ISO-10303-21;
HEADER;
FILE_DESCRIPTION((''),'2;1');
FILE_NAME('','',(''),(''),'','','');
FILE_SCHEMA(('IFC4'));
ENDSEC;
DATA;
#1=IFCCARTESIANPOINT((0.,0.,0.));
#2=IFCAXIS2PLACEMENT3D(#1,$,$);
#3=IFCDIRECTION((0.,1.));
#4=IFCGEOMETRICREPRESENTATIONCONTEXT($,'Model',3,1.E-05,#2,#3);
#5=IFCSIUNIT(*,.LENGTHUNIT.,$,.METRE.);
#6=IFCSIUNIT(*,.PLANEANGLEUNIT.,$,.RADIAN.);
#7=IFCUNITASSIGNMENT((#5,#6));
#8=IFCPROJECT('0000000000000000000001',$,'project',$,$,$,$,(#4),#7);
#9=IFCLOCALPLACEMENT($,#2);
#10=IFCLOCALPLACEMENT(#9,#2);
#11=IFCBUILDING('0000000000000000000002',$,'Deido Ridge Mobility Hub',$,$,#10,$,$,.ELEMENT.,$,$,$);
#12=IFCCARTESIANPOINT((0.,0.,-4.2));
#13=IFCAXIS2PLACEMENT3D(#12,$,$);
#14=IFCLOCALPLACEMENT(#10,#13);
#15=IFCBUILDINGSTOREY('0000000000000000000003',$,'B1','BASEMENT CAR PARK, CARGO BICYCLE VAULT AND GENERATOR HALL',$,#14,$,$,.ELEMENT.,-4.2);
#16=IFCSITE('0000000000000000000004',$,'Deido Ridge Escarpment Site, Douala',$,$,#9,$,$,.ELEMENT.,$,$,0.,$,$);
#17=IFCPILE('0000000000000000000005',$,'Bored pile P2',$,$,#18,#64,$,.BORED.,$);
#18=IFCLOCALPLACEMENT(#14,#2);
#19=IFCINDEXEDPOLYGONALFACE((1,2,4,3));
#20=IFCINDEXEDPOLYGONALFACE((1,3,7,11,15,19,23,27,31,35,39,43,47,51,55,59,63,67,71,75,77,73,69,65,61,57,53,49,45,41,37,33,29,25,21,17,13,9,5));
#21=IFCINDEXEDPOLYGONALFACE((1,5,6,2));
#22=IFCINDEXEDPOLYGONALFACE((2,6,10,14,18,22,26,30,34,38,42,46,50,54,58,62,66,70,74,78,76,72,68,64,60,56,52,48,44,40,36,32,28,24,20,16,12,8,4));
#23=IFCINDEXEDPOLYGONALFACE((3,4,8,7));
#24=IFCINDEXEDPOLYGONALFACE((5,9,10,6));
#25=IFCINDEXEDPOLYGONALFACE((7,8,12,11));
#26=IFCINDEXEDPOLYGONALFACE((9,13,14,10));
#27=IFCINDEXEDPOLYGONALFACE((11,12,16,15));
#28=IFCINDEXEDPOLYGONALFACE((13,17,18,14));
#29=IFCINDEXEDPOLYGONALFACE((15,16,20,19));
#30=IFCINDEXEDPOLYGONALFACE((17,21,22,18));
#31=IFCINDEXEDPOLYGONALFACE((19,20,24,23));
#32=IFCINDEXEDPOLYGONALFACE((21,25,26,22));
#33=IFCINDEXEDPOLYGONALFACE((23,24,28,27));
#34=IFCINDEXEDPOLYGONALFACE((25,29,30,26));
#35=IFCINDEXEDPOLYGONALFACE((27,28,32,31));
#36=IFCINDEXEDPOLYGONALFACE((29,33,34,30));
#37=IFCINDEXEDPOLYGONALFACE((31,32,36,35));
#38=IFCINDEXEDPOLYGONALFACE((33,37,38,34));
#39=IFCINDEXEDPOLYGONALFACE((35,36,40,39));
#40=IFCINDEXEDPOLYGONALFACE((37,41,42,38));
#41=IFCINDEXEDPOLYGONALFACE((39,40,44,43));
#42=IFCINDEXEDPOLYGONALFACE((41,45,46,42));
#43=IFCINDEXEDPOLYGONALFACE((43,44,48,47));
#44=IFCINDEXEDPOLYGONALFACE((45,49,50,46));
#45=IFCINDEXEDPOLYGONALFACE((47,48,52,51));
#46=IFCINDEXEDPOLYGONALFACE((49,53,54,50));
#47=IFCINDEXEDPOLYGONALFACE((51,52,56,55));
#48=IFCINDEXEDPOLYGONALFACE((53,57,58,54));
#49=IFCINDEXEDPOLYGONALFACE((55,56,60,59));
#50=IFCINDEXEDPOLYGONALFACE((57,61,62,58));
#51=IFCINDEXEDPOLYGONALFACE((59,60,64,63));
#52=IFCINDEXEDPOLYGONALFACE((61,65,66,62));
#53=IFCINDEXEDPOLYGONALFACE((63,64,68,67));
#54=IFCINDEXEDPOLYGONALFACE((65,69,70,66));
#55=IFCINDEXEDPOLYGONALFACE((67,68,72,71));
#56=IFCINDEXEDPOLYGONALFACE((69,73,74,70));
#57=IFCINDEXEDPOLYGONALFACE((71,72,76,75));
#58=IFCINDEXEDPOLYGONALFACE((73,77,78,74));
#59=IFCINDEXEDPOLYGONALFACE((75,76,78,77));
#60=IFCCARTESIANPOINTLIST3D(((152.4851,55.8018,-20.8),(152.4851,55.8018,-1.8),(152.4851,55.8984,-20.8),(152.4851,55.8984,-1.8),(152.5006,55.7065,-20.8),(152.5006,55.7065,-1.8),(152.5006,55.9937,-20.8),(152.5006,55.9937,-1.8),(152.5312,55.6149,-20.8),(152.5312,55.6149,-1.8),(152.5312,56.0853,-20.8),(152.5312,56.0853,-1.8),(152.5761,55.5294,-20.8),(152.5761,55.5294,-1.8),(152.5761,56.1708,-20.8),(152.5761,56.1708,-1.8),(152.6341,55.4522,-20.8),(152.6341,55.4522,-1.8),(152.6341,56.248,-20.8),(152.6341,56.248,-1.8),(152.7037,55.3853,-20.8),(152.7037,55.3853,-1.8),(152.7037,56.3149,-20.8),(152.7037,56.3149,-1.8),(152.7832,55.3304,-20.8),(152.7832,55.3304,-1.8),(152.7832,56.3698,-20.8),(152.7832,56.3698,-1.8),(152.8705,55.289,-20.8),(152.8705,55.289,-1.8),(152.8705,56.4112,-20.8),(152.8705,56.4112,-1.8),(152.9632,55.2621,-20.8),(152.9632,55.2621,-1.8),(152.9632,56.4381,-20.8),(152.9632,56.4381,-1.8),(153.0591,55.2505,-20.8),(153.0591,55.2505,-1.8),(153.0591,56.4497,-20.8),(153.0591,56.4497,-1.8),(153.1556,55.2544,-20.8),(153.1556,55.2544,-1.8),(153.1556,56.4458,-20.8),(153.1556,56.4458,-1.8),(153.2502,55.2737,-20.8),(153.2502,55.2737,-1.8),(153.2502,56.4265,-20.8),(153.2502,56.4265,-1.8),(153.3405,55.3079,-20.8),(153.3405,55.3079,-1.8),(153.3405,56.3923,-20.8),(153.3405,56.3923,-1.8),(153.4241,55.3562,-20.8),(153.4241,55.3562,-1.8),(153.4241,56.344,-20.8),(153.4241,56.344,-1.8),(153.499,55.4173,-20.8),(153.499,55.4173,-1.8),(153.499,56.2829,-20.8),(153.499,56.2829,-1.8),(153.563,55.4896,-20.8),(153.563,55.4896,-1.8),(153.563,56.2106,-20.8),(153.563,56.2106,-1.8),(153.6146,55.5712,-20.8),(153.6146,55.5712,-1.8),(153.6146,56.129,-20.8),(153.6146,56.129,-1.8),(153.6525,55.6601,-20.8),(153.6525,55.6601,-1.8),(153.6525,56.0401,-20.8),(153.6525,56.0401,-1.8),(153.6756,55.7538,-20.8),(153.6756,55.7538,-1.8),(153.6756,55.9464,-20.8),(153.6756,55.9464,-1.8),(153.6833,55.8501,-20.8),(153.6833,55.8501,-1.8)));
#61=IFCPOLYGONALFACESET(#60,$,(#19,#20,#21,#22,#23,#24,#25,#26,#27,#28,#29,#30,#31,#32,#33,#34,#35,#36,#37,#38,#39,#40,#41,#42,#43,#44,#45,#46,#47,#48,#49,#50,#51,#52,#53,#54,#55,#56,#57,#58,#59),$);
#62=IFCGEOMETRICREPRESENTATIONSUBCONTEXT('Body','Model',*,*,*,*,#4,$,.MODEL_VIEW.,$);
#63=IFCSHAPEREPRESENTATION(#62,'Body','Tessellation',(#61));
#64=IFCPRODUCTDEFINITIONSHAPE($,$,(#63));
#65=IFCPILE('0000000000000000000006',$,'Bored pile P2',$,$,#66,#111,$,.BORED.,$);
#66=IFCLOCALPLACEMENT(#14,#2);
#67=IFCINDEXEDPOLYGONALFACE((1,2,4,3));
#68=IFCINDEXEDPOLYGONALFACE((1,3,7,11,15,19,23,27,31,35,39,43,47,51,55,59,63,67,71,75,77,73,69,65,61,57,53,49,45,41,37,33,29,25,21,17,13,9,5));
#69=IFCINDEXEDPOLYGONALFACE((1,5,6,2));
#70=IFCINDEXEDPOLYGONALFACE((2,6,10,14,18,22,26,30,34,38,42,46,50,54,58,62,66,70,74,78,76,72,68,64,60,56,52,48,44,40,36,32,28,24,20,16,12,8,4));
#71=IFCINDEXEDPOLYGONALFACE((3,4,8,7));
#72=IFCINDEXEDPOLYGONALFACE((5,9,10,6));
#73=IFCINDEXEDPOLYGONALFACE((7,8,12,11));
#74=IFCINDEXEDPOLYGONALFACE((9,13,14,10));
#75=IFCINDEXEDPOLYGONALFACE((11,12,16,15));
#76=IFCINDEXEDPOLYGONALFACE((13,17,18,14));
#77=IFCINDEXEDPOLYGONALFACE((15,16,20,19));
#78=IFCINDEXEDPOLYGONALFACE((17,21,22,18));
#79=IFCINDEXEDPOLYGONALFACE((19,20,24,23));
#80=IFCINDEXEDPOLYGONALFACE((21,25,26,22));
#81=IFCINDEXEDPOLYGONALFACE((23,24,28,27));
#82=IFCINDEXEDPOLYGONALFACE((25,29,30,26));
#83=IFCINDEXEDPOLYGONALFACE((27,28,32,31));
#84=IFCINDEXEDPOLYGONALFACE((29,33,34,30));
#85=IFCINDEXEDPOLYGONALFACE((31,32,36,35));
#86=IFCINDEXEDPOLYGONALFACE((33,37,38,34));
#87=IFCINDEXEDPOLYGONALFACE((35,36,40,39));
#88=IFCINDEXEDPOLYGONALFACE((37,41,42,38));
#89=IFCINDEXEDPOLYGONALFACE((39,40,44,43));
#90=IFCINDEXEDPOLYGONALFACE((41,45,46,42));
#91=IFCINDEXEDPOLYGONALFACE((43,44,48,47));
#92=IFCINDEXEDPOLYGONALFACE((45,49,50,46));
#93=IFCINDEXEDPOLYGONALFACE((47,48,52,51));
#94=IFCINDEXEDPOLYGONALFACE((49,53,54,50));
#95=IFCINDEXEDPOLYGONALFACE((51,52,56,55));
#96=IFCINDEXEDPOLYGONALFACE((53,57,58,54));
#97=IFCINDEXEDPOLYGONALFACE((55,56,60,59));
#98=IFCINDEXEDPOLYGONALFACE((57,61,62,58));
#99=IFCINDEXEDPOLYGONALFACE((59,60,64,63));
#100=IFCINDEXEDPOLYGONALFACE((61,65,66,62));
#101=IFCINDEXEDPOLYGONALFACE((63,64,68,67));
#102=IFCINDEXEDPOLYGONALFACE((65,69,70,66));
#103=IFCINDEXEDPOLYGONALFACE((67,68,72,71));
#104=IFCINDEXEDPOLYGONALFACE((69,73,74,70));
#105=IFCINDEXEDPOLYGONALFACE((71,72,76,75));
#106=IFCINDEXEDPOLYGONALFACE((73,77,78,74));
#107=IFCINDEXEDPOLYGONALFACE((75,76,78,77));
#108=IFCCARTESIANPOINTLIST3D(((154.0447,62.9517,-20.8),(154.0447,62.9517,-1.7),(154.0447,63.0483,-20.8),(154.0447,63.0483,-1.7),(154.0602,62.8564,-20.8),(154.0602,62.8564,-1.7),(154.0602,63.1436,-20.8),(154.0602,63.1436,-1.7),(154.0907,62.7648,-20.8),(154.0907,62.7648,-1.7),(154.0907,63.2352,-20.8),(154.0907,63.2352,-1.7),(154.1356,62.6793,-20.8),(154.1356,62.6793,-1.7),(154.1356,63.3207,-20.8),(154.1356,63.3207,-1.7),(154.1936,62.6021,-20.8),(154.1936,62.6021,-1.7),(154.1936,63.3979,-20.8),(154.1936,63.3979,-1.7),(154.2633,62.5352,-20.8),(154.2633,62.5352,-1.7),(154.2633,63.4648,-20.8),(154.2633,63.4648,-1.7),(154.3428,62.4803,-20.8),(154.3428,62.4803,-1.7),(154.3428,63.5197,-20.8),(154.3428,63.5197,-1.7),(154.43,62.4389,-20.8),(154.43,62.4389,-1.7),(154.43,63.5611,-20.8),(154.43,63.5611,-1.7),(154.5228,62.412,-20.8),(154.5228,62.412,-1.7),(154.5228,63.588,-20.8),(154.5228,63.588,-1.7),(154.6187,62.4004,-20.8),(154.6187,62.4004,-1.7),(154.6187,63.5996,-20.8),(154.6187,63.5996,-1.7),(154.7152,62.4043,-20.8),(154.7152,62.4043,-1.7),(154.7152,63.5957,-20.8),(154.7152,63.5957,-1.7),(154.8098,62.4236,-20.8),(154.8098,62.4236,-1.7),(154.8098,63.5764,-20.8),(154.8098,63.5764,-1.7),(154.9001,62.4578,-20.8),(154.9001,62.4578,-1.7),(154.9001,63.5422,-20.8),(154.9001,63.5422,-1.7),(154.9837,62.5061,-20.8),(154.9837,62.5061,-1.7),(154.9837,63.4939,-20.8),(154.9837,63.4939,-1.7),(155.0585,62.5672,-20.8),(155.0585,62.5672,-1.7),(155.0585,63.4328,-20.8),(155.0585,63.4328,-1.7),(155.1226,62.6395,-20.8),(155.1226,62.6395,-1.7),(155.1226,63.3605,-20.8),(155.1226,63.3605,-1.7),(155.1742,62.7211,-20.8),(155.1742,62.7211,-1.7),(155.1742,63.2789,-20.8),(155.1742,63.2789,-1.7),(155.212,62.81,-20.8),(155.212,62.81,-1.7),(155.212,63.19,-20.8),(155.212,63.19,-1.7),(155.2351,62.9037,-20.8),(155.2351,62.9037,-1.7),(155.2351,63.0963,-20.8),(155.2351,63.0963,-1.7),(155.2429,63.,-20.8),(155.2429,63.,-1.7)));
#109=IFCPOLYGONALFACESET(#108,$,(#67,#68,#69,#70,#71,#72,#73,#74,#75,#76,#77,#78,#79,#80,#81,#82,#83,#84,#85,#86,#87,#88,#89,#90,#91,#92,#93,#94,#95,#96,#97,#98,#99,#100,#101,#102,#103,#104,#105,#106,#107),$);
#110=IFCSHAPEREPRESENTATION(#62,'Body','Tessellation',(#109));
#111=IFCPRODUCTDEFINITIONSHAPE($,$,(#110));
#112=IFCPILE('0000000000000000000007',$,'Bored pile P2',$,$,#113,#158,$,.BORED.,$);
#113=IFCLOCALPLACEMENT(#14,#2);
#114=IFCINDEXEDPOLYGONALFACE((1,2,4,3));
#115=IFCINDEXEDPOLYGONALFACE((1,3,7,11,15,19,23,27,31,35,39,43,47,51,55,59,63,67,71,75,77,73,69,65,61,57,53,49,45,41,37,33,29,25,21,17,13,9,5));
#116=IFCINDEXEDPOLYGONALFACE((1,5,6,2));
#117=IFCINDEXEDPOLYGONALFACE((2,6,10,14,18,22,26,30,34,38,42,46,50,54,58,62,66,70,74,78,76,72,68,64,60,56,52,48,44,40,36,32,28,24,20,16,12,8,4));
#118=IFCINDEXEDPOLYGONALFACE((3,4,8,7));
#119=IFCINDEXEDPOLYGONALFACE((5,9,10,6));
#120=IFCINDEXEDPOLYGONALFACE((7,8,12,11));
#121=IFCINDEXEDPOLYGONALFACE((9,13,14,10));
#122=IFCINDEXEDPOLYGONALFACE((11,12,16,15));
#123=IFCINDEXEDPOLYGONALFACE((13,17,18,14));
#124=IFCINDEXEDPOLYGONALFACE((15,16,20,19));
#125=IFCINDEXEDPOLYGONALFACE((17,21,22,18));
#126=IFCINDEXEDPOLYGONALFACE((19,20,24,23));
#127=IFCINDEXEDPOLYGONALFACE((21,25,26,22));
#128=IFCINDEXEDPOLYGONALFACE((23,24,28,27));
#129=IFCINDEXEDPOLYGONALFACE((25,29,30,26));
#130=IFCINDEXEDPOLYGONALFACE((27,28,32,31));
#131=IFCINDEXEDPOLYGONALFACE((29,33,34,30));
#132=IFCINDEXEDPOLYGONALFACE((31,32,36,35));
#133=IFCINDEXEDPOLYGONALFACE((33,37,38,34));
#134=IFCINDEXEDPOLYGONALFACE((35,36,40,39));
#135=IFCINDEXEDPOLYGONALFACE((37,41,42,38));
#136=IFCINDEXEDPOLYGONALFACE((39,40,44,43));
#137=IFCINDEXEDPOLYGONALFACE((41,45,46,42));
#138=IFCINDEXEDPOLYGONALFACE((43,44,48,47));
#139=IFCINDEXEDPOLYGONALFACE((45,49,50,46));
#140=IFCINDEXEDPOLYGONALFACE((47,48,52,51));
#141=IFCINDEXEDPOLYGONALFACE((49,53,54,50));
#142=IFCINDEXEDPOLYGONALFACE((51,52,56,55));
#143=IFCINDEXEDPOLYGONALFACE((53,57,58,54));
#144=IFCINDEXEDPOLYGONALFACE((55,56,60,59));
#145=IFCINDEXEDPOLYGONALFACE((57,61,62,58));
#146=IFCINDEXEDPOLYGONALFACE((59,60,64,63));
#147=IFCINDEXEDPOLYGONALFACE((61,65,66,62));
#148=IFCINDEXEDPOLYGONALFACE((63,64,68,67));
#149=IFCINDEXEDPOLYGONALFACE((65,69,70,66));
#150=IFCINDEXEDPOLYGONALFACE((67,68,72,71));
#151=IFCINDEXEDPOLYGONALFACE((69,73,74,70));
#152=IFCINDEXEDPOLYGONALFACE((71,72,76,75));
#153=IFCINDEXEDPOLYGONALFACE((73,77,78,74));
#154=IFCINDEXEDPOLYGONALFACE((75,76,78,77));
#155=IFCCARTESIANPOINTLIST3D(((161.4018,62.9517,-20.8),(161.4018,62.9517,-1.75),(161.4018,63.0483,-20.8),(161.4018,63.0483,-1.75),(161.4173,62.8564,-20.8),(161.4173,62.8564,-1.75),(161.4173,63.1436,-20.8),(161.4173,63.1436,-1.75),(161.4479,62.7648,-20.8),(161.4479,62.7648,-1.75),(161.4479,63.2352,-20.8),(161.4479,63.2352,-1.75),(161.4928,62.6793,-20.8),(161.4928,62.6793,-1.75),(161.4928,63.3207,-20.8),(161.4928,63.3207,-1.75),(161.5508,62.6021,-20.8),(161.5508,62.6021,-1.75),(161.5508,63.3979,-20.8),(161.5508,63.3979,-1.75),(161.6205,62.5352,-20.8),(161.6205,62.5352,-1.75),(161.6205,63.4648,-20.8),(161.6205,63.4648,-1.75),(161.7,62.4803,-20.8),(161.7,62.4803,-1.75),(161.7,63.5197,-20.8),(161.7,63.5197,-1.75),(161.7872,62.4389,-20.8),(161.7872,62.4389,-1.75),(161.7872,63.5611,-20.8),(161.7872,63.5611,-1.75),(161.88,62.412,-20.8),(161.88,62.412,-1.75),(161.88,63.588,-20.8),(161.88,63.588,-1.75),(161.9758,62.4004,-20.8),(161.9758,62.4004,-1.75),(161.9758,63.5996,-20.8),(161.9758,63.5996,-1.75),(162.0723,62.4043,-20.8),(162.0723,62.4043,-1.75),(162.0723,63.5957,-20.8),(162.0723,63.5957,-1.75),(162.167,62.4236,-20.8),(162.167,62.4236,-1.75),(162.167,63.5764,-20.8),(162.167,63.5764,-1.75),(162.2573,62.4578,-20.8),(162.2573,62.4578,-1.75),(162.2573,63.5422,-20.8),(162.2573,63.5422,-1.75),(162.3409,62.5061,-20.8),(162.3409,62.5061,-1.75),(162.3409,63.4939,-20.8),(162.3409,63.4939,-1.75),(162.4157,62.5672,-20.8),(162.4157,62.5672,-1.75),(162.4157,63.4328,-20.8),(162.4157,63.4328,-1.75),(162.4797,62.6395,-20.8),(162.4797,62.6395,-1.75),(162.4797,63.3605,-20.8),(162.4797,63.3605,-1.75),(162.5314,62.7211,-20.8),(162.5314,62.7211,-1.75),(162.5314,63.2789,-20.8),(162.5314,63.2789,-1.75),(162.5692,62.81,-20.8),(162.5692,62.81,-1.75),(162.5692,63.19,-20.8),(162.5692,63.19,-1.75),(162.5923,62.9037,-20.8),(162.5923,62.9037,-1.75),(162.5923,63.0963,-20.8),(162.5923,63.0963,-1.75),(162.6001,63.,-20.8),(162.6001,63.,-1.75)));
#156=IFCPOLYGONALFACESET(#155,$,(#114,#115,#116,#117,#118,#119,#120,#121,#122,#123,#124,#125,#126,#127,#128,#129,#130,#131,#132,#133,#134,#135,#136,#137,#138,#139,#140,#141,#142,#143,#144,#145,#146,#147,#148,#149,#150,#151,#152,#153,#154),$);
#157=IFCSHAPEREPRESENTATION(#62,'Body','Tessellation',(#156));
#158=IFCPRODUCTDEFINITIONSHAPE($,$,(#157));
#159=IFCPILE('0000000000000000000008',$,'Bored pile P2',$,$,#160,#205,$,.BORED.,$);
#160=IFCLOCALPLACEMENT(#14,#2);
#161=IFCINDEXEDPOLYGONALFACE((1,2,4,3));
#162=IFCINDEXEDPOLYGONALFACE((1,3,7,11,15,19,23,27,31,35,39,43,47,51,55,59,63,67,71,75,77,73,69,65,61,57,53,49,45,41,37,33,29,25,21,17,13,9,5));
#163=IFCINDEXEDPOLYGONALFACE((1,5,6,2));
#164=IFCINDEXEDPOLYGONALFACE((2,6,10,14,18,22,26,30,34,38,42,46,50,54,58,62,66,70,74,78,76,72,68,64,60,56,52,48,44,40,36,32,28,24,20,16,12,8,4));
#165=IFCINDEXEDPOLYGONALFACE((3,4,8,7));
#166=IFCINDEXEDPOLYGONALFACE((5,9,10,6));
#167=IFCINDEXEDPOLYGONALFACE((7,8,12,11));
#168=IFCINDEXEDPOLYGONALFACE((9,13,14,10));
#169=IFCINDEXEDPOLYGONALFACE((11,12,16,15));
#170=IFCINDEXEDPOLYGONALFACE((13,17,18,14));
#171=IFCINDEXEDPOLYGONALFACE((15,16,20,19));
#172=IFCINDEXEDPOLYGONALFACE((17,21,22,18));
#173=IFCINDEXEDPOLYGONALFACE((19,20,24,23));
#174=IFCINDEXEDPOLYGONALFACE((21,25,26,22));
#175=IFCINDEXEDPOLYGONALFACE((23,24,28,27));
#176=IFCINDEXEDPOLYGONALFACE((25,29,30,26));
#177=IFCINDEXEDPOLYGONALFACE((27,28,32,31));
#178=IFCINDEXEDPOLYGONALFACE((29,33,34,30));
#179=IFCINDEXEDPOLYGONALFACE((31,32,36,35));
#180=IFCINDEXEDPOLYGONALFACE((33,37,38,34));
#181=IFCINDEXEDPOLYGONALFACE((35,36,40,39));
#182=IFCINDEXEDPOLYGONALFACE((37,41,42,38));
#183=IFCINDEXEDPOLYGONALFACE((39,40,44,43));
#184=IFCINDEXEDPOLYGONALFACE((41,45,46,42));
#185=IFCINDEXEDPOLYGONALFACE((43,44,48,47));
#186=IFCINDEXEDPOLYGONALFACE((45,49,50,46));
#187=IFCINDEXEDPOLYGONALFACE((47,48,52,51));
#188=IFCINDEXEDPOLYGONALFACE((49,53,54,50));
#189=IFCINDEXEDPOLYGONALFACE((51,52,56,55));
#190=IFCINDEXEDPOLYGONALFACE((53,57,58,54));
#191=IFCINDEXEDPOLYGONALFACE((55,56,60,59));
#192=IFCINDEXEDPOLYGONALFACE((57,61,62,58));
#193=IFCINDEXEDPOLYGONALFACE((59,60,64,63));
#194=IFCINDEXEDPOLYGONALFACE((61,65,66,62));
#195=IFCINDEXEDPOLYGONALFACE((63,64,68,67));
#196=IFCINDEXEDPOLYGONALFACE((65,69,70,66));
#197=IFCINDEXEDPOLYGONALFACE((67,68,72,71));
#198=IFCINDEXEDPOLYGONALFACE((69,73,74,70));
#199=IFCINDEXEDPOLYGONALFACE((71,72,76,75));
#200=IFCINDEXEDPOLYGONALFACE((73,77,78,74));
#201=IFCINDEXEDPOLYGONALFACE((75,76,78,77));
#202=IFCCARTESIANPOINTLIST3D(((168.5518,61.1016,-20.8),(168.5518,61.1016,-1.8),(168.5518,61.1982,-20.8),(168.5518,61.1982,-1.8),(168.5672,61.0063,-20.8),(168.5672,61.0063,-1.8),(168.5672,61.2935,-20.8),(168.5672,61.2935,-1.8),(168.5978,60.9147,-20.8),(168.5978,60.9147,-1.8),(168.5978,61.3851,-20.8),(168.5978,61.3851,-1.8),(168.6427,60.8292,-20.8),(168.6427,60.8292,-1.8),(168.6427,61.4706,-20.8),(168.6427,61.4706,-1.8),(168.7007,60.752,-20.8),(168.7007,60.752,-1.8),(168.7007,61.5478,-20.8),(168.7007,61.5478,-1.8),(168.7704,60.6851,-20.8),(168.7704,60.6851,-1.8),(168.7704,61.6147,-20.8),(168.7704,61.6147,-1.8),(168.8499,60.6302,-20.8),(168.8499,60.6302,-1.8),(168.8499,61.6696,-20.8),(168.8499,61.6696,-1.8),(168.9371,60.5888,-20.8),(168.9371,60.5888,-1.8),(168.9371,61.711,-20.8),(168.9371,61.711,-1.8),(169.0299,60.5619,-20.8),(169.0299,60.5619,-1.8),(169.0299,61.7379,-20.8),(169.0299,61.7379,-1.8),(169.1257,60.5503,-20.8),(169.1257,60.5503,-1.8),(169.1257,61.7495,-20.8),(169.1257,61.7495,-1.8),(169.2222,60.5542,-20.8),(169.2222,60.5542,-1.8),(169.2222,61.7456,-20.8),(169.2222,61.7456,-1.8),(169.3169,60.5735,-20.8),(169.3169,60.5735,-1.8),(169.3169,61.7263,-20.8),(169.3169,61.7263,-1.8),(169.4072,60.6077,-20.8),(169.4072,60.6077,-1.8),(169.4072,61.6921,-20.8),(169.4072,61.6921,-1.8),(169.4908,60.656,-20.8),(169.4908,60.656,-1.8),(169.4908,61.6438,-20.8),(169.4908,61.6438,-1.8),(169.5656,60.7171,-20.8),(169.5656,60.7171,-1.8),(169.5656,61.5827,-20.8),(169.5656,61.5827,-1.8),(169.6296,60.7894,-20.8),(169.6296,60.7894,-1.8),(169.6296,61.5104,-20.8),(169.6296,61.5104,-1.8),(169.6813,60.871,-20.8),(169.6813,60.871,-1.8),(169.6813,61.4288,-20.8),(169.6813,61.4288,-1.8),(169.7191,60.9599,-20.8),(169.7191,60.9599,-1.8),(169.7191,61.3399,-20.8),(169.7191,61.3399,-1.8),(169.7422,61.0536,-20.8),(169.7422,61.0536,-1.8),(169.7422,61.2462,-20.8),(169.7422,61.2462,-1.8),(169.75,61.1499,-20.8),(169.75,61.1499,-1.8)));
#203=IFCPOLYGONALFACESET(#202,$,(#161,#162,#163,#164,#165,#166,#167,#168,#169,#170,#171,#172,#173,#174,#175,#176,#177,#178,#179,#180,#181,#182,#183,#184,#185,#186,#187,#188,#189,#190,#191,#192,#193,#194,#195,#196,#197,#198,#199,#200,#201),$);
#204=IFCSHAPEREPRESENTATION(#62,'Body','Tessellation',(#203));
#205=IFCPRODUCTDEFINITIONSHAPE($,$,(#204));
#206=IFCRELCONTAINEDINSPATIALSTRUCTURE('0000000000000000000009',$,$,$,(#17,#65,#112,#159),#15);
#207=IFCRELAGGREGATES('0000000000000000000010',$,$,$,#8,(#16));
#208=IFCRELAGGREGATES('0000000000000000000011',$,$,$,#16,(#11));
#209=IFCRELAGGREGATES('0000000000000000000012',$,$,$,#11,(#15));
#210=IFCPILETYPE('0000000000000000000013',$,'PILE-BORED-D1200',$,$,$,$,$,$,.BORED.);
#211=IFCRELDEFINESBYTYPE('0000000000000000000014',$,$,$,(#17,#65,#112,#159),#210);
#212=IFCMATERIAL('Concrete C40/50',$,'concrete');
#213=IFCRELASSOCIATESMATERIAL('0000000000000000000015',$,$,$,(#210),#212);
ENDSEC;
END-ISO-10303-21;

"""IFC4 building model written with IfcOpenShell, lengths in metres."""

from ifc_helpers import new_model, si_unit, direction, frame, origin, origin_2d, place, context, subcontext, project, spatial, circle, extrude, material, material_profile, profile_set, type_object, element, save


model = new_model("IFC4")

# Units and contexts
model_context = context("Model", 3, precision=1e-05, world=origin(), true_north=direction((0.0, 1.0)))
body_context = subcontext(model_context, "Body", "Model", "MODEL_VIEW")
ifc_project = project(units=[si_unit("LENGTHUNIT", "METRE"), si_unit("PLANEANGLEUNIT", "RADIAN")], contexts=[model_context])

# Site, building, storey
site_placement = place(None, origin())
site = spatial("IfcSite", under=ifc_project, at=site_placement, Name="Deido Ridge Escarpment Site, Douala", CompositionType="ELEMENT", RefElevation=0.0)
building_placement = place(site_placement, origin())
building = spatial("IfcBuilding", under=site, at=building_placement, Name="Deido Ridge Mobility Hub", CompositionType="ELEMENT")
storey_placement = place(building_placement, frame((0.0, 0.0, -4.2)))
storey = spatial("IfcBuildingStorey", under=building, at=storey_placement, Name="B1", Description="BASEMENT CAR PARK, CARGO BICYCLE VAULT AND GENERATOR HALL", CompositionType="ELEMENT", Elevation=-4.2)

# Shared definitions
ifc_material_1 = material(Name="Concrete C40/50", Category="concrete")

# Piles
ifc_material_profile_1 = material_profile(ifc_material_1, circle(Radius=0.6001, at=origin_2d()), Name="BORED PILE D1200")
ifc_profile_set_1 = profile_set([ifc_material_profile_1], Name="Concrete C40/50")
pile_type_1 = type_object("IfcPileType", Name="PILE-BORED-D1200", PredefinedType="BORED", material=ifc_profile_set_1)
for number, where, z_axis, x_axis, name in (
    (1, (153.0833, 55.8501, -1.8), (0.0, 0.0, -1.0), (1.0, 0.0, 0.0), "Bored pile P2"),
):
    element("IfcPile", number, at=place(storey_placement, frame(where, z_axis=z_axis, x_axis=x_axis)), inside=storey, type_object=pile_type_1, Name=name, PredefinedType="BORED", context=body_context, shape_type="SweptSolid", body=[
        extrude(circle(Radius=0.6001, at=origin_2d()), origin(), (0.0, 0.0, 1.0), 19.0),
    ])
pile_1_placement = place(storey_placement, frame((154.6428, 63.0, -1.7), z_axis=(0.0, 0.0, -1.0), x_axis=(1.0, 0.0, 0.0)))
element("IfcPile", 2, at=pile_1_placement, inside=storey, type_object=pile_type_1, Name="Bored pile P2", PredefinedType="BORED", context=body_context, shape_type="SweptSolid", body=[
    extrude(circle(Radius=0.6001, at=origin_2d()), origin(), (0.0, 0.0, 1.0), 19.1001),
])
pile_2_placement = place(storey_placement, frame((162.0, 63.0, -1.75), z_axis=(0.0, 0.0, -1.0), x_axis=(1.0, 0.0, 0.0)))
element("IfcPile", 3, at=pile_2_placement, inside=storey, type_object=pile_type_1, Name="Bored pile P2", PredefinedType="BORED", context=body_context, shape_type="SweptSolid", body=[
    extrude(circle(Radius=0.6001, at=origin_2d()), origin(), (0.0, 0.0, 1.0), 19.05),
])
for number, where, z_axis, x_axis, name in (
    (4, (169.1499, 61.1499, -1.8), (0.0, 0.0, -1.0), (1.0, 0.0, 0.0), "Bored pile P2"),
):
    element("IfcPile", number, at=place(storey_placement, frame(where, z_axis=z_axis, x_axis=x_axis)), inside=storey, type_object=pile_type_1, Name=name, PredefinedType="BORED", context=body_context, shape_type="SweptSolid", body=[
        extrude(circle(Radius=0.6001, at=origin_2d()), origin(), (0.0, 0.0, 1.0), 19.0),
    ])

save(model, "model.ifc")
